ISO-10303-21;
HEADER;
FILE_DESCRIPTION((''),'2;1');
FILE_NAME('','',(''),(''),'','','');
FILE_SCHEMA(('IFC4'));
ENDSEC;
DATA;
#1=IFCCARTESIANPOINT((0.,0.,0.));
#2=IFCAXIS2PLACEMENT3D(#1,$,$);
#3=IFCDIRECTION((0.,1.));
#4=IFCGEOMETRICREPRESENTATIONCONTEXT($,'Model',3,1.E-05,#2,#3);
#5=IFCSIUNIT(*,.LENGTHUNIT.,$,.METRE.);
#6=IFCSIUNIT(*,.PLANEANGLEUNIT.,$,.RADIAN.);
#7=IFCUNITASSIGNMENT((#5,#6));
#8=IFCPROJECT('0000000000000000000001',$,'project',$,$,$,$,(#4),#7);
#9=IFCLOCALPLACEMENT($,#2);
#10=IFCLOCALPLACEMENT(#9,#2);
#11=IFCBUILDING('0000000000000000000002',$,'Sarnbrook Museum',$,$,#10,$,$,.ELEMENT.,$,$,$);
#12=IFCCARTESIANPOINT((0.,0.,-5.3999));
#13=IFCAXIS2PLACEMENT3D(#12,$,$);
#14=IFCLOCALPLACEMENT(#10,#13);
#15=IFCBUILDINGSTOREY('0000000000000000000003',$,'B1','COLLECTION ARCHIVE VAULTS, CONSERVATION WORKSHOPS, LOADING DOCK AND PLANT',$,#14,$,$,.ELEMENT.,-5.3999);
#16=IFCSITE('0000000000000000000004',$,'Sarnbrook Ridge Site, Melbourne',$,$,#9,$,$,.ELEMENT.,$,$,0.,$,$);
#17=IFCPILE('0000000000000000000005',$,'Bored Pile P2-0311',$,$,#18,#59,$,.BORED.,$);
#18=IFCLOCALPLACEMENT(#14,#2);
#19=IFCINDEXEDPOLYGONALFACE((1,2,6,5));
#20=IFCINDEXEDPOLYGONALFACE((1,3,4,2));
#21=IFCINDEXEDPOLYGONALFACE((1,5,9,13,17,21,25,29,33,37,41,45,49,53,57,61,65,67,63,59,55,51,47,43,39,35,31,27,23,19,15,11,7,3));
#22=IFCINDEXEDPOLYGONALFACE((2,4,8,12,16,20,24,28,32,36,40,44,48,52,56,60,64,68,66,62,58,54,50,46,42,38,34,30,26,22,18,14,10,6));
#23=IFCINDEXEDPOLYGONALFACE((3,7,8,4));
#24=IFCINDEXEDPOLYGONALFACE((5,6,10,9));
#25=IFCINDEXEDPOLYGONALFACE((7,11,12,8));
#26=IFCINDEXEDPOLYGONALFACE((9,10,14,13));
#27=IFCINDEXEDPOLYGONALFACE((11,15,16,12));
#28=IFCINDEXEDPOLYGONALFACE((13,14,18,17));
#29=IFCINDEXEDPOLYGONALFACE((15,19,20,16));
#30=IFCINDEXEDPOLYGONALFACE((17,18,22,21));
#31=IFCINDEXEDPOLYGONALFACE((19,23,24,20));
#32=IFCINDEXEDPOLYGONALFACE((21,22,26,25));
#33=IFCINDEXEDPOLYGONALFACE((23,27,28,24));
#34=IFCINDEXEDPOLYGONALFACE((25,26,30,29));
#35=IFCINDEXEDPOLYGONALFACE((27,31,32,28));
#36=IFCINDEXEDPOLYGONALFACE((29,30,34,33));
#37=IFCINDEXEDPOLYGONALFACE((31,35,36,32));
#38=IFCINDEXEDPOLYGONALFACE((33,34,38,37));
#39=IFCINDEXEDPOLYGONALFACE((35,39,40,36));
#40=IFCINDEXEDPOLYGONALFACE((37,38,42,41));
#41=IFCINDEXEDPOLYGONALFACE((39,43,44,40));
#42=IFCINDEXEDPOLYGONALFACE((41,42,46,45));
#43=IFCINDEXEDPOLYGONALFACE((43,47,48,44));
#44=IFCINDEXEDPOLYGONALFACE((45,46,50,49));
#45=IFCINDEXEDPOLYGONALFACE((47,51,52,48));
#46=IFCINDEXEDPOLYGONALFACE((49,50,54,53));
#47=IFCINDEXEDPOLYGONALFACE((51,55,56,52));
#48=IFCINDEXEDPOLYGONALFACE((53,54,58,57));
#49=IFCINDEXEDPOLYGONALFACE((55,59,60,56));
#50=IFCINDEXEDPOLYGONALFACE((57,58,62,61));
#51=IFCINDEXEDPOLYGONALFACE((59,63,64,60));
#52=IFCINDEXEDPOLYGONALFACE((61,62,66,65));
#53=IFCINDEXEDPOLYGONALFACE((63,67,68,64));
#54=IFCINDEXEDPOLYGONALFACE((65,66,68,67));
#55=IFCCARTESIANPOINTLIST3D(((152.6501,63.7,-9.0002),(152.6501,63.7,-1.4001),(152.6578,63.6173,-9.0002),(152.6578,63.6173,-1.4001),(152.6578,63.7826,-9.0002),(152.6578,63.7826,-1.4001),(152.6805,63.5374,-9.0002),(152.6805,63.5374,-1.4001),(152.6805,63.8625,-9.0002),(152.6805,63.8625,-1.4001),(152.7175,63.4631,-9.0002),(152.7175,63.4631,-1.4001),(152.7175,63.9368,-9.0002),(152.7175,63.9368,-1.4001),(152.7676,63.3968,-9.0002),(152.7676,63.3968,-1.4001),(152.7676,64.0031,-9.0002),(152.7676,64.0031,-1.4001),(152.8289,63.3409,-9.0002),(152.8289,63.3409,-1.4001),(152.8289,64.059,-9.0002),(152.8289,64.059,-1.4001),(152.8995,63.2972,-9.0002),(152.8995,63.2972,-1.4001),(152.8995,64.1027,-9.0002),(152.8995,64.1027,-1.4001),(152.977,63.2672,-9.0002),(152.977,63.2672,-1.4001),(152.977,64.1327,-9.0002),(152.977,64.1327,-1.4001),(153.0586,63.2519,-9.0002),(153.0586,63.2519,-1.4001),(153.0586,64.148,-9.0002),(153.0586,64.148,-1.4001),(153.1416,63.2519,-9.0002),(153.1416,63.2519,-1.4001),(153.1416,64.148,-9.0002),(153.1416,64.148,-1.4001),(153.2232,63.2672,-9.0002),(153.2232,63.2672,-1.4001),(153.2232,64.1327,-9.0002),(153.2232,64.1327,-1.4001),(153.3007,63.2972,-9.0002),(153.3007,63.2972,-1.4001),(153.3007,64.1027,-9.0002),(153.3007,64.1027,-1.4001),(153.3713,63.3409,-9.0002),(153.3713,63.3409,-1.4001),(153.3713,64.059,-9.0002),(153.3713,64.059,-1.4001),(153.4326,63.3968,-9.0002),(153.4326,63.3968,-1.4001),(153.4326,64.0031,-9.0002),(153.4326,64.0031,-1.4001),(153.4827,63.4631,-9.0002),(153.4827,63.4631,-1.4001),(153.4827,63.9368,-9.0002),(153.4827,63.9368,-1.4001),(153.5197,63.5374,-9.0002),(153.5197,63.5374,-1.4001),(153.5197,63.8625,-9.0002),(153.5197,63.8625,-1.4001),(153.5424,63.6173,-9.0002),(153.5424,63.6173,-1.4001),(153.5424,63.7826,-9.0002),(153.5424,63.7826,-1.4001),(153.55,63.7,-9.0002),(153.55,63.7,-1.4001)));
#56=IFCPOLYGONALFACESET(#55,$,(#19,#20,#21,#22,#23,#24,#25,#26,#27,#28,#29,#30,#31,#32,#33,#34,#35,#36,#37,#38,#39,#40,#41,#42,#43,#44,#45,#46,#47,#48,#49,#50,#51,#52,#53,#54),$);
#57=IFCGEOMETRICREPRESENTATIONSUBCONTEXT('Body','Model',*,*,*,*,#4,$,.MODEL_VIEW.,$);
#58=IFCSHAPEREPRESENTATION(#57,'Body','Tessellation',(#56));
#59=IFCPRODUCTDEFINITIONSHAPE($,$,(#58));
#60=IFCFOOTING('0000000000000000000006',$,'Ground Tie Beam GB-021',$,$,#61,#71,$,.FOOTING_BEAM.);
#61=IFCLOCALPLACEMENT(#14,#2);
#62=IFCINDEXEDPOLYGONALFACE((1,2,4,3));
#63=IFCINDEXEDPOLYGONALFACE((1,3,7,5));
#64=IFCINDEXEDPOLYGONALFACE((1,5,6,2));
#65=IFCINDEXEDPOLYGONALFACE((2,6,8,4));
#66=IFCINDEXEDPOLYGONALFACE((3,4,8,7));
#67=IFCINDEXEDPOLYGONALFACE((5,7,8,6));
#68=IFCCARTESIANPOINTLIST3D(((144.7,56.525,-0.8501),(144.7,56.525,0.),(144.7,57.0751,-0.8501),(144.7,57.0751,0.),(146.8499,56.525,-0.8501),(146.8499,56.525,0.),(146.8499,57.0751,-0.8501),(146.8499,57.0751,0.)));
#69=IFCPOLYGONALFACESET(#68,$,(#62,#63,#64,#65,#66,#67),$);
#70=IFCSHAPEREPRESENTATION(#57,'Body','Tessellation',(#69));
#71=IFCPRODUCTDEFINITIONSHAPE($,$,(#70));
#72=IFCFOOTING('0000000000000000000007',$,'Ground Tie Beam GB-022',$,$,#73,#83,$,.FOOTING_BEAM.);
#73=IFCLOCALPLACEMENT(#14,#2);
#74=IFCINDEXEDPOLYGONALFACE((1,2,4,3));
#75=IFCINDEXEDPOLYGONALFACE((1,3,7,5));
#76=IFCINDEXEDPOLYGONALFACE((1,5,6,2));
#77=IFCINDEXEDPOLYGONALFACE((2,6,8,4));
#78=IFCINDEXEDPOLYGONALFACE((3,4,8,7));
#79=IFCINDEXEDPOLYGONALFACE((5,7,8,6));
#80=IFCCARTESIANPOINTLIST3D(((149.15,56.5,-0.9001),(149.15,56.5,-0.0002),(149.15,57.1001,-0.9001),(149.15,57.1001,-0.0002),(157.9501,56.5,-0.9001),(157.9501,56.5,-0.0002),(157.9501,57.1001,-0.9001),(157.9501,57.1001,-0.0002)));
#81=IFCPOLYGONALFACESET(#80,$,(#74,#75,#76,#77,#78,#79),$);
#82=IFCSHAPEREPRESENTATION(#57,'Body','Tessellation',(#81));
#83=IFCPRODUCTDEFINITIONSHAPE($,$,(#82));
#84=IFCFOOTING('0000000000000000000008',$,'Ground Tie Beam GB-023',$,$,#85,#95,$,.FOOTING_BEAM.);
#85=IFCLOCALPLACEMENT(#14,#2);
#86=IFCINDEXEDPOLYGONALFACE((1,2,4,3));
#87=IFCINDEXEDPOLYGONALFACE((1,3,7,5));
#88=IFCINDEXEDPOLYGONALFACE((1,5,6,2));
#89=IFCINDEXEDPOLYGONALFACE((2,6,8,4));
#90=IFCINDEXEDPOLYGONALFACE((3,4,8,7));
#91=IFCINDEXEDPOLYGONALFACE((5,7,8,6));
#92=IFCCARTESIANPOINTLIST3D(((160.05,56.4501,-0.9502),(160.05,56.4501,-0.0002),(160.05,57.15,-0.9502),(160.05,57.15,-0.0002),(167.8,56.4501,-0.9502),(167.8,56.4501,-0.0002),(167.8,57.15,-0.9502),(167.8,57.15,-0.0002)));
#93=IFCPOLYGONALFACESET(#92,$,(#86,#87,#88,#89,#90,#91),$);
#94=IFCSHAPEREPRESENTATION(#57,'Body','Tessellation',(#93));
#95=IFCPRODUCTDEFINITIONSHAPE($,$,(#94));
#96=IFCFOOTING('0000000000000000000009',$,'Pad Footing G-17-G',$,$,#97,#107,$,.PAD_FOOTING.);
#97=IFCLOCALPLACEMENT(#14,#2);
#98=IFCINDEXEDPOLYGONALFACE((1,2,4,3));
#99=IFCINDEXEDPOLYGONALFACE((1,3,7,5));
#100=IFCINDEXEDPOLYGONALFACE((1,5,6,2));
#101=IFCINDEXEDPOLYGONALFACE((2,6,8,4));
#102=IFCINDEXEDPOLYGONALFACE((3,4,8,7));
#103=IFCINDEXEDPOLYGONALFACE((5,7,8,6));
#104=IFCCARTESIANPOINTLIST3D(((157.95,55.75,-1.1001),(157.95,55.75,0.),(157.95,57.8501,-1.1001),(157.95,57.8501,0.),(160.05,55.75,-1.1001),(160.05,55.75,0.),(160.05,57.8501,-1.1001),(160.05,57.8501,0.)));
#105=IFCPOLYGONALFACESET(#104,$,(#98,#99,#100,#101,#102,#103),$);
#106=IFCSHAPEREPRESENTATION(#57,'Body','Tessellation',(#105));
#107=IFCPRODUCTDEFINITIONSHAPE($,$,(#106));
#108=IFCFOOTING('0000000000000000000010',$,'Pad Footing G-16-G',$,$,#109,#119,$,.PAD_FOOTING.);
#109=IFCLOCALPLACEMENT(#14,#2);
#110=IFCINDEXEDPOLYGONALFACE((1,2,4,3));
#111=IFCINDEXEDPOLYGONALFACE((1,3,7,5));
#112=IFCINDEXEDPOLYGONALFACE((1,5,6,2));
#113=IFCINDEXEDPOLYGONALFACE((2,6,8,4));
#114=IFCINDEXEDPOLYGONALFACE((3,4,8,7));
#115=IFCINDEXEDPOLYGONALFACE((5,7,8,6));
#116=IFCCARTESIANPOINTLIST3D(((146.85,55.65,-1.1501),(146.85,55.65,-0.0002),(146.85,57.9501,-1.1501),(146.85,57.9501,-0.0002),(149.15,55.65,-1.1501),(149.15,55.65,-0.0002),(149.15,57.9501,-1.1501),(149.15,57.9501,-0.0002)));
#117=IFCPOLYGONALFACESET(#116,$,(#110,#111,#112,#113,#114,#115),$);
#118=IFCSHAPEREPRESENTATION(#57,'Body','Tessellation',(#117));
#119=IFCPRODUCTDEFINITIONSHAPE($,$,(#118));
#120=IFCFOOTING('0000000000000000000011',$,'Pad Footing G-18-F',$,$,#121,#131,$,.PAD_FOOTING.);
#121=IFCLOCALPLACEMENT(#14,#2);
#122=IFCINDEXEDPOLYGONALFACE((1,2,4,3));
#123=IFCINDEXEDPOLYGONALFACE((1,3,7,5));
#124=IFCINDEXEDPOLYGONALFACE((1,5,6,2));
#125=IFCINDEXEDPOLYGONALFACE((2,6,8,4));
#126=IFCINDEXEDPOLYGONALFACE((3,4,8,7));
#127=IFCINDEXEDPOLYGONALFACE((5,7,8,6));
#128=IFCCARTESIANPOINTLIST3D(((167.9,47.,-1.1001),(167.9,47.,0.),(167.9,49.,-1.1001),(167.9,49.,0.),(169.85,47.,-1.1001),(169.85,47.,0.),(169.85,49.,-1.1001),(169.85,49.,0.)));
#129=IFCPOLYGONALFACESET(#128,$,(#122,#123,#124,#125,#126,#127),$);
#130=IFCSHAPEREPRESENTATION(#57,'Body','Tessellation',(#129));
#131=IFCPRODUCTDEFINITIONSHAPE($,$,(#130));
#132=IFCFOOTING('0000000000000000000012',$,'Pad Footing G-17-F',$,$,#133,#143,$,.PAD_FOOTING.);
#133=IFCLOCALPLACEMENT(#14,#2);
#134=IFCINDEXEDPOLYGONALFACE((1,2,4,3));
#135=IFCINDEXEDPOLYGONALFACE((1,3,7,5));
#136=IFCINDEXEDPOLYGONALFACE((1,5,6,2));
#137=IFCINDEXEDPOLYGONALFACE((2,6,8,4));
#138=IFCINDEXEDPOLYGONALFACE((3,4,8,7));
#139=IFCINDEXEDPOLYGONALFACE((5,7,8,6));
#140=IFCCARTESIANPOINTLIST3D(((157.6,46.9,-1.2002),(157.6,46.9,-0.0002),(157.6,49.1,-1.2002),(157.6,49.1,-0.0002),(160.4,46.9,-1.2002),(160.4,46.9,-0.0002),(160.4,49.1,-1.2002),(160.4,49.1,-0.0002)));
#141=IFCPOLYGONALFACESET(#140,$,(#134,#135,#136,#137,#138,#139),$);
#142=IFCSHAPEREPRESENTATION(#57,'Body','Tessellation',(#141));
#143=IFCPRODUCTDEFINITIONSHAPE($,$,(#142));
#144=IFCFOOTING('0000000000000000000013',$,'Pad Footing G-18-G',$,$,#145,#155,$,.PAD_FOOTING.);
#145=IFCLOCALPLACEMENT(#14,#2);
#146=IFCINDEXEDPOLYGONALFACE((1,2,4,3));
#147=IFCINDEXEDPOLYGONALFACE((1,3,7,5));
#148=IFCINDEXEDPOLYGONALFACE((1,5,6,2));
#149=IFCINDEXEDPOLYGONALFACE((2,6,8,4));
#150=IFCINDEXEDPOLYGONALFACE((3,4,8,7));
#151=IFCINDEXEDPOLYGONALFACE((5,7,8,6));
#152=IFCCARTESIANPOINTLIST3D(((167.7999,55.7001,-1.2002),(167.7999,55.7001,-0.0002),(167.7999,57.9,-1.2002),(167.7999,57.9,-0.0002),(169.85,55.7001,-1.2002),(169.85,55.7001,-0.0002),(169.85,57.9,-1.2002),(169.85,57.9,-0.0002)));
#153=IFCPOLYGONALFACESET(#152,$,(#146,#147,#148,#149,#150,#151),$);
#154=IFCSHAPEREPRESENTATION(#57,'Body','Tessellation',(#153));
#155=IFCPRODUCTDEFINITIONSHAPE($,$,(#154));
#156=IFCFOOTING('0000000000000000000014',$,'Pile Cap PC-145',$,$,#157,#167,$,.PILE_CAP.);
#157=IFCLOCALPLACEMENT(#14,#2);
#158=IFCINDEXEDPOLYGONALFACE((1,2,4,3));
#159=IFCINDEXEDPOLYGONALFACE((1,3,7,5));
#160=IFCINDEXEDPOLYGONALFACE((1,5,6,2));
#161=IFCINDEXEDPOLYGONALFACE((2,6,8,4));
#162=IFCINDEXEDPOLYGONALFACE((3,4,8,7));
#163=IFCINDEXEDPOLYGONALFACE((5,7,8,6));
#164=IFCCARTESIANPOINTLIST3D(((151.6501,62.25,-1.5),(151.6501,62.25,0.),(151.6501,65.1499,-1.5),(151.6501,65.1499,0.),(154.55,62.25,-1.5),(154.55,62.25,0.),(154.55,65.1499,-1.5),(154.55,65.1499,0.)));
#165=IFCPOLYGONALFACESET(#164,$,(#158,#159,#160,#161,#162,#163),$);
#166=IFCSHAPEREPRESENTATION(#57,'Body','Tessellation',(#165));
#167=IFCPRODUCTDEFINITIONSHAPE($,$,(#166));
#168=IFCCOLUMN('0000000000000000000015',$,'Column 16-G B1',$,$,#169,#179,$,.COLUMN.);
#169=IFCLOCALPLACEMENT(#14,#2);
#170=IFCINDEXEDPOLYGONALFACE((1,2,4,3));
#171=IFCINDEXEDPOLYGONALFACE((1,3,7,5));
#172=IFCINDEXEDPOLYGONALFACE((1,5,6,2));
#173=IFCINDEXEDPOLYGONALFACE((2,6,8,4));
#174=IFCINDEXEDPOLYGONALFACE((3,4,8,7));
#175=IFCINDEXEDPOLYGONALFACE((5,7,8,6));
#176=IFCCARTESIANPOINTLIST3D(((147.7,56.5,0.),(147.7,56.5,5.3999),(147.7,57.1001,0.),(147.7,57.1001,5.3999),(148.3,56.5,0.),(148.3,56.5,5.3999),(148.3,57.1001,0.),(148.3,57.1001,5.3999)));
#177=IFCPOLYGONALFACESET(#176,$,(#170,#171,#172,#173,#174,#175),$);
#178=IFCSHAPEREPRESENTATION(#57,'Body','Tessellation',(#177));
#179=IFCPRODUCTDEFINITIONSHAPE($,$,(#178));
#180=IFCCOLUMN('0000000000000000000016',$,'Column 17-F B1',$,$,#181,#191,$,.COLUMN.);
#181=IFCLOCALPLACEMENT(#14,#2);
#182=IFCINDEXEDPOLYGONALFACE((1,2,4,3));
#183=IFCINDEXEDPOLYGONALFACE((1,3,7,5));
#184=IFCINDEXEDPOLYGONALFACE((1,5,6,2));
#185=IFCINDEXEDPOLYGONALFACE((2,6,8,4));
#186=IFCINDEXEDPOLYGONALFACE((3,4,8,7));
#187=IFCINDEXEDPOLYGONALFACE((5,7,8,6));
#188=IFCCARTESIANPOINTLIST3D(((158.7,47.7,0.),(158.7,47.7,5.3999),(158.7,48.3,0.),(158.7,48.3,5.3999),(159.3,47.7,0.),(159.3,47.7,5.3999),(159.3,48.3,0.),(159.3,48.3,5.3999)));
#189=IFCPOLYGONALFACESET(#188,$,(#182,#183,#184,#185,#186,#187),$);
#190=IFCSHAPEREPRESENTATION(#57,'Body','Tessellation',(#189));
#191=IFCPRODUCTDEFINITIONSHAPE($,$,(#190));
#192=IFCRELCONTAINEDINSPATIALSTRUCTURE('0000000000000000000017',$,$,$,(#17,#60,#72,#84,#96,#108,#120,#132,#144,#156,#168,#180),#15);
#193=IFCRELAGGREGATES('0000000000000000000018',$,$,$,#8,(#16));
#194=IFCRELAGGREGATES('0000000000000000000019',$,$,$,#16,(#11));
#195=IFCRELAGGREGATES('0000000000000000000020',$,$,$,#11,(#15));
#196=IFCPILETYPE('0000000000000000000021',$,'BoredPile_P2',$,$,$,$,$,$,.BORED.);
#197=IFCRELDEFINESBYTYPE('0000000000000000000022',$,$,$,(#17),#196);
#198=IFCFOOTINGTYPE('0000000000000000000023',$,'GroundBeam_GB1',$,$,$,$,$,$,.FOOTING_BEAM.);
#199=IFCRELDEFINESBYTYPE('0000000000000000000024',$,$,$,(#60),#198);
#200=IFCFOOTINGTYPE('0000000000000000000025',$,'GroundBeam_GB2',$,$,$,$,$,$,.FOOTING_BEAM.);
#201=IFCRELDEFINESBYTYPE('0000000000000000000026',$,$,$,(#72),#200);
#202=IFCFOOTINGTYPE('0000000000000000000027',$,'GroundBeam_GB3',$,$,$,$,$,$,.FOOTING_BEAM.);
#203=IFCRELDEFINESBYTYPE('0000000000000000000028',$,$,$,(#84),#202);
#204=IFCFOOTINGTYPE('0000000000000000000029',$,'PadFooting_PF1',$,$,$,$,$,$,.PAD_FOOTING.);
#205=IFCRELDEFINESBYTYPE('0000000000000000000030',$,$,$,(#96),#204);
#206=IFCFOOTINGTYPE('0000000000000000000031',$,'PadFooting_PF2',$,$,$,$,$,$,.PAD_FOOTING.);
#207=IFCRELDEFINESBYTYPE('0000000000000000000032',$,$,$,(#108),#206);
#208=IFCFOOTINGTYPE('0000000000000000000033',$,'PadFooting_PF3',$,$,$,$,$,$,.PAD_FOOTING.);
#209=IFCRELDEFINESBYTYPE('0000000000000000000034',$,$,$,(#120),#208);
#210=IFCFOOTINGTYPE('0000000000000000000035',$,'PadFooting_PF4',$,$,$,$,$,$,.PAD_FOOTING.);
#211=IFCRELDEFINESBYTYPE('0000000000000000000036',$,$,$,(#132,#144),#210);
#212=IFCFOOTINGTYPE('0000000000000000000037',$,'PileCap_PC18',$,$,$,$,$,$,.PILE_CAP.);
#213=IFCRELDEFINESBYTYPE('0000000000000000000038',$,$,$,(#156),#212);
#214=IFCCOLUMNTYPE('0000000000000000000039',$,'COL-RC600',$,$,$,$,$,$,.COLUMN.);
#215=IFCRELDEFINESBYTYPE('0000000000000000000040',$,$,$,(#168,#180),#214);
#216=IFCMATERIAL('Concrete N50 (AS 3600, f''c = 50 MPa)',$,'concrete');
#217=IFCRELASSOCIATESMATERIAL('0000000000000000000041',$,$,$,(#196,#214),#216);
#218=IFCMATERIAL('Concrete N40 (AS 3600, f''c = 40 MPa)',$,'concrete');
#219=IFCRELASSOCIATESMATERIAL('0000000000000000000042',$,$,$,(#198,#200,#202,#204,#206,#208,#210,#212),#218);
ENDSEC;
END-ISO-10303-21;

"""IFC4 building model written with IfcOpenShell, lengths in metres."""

from ifc_helpers import new_model, si_unit, direction, frame, origin, origin_2d, place, context, subcontext, project, spatial, rectangle, circle, extrude, material, material_profile, profile_set, type_object, element, save


model = new_model("IFC4")

# Units and contexts
model_context = context("Model", 3, precision=1e-05, world=origin(), true_north=direction((0.0, 1.0)))
body_context = subcontext(model_context, "Body", "Model", "MODEL_VIEW")
ifc_project = project(units=[si_unit("LENGTHUNIT", "METRE"), si_unit("PLANEANGLEUNIT", "RADIAN")], contexts=[model_context])

# Site, building, storey
site_placement = place(None, origin())
site = spatial("IfcSite", under=ifc_project, at=site_placement, Name="Sarnbrook Ridge Site, Melbourne", CompositionType="ELEMENT", RefElevation=0.0)
building_placement = place(site_placement, origin())
building = spatial("IfcBuilding", under=site, at=building_placement, Name="Sarnbrook Museum", CompositionType="ELEMENT")
storey_placement = place(building_placement, frame((0.0, 0.0, -5.3999)))
storey = spatial("IfcBuildingStorey", under=building, at=storey_placement, Name="B1", Description="COLLECTION ARCHIVE VAULTS, CONSERVATION WORKSHOPS, LOADING DOCK AND PLANT", CompositionType="ELEMENT", Elevation=-5.3999)

# Pile
ifc_material_1 = material(Name="Concrete N50 (AS 3600, f'c = 50 MPa)", Category="concrete")
ifc_material_profile_1 = material_profile(ifc_material_1, circle(Radius=0.45, at=origin_2d()), Name="BORED PILE D900")
ifc_profile_set_1 = profile_set([ifc_material_profile_1], Name="Concrete N50 (AS 3600, f'c = 50 MPa)")
pile_type = type_object("IfcPileType", Name="BoredPile_P2", PredefinedType="BORED", material=ifc_profile_set_1)
pile_placement = place(storey_placement, frame((153.1001, 63.7, -1.4001), z_axis=(0.0, 0.0, -1.0), x_axis=(1.0, 0.0, 0.0)))
element("IfcPile", 1, at=pile_placement, inside=storey, type_object=pile_type, Name="Bored Pile P2-0311", PredefinedType="BORED", context=body_context, shape_type="SweptSolid", body=[
    extrude(circle(Radius=0.45, at=origin_2d()), origin(), (0.0, 0.0, 1.0), 7.6001),
])

# Footings
ifc_material_2 = material(Name="Concrete N40 (AS 3600, f'c = 40 MPa)", Category="concrete")
footing_type_1 = type_object("IfcFootingType", Name="GroundBeam_GB1", PredefinedType="FOOTING_BEAM", material=ifc_material_2)
footing_1_placement = place(storey_placement, frame((145.7749, 56.8, -0.8501), z_axis=(0.0, 0.0, 1.0), x_axis=(1.0, 0.0, 0.0)))
element("IfcFooting", 2, at=footing_1_placement, inside=storey, type_object=footing_type_1, Name="Ground Tie Beam GB-021", PredefinedType="FOOTING_BEAM", context=body_context, shape_type="SweptSolid", body=[
    extrude(rectangle(XDim=2.1499, YDim=0.55, at=origin_2d()), origin(), (0.0, 0.0, 1.0), 0.8501),
])
footing_type_2 = type_object("IfcFootingType", Name="GroundBeam_GB2", PredefinedType="FOOTING_BEAM", material=ifc_material_2)
footing_2_placement = place(storey_placement, frame((153.55, 56.8, -0.9001), z_axis=(0.0, 0.0, 1.0), x_axis=(1.0, 0.0, 0.0)))
element("IfcFooting", 3, at=footing_2_placement, inside=storey, type_object=footing_type_2, Name="Ground Tie Beam GB-022", PredefinedType="FOOTING_BEAM", context=body_context, shape_type="SweptSolid", body=[
    extrude(rectangle(XDim=8.8, YDim=0.6001, at=origin_2d()), origin(), (0.0, 0.0, 1.0), 0.8999),
])
footing_type_3 = type_object("IfcFootingType", Name="GroundBeam_GB3", PredefinedType="FOOTING_BEAM", material=ifc_material_2)
footing_3_placement = place(storey_placement, frame((163.925, 56.8, -0.9502), z_axis=(0.0, 0.0, 1.0), x_axis=(1.0, 0.0, 0.0)))
element("IfcFooting", 4, at=footing_3_placement, inside=storey, type_object=footing_type_3, Name="Ground Tie Beam GB-023", PredefinedType="FOOTING_BEAM", context=body_context, shape_type="SweptSolid", body=[
    extrude(rectangle(XDim=7.75, YDim=0.7, at=origin_2d()), origin(), (0.0, 0.0, 1.0), 0.95),
])
footing_type_4 = type_object("IfcFootingType", Name="PadFooting_PF1", PredefinedType="PAD_FOOTING", material=ifc_material_2)
footing_4_placement = place(storey_placement, frame((159.0, 56.8, -1.1001), z_axis=(0.0, 0.0, 1.0), x_axis=(1.0, 0.0, 0.0)))
element("IfcFooting", 5, at=footing_4_placement, inside=storey, type_object=footing_type_4, Name="Pad Footing G-17-G", PredefinedType="PAD_FOOTING", context=body_context, shape_type="SweptSolid", body=[
    extrude(rectangle(XDim=2.1001, YDim=2.1001, at=origin_2d()), origin(), (0.0, 0.0, 1.0), 1.1001),
])
footing_type_5 = type_object("IfcFootingType", Name="PadFooting_PF2", PredefinedType="PAD_FOOTING", material=ifc_material_2)
footing_5_placement = place(storey_placement, frame((148.0, 56.8, -1.1501), z_axis=(0.0, 0.0, 1.0), x_axis=(1.0, 0.0, 0.0)))
element("IfcFooting", 6, at=footing_5_placement, inside=storey, type_object=footing_type_5, Name="Pad Footing G-16-G", PredefinedType="PAD_FOOTING", context=body_context, shape_type="SweptSolid", body=[
    extrude(rectangle(XDim=2.3, YDim=2.3, at=origin_2d()), origin(), (0.0, 0.0, 1.0), 1.1499),
])
footing_type_6 = type_object("IfcFootingType", Name="PadFooting_PF3", PredefinedType="PAD_FOOTING", material=ifc_material_2)
footing_6_placement = place(storey_placement, frame((168.875, 48.0, -1.1001), z_axis=(0.0, 0.0, 1.0), x_axis=(1.0, 0.0, 0.0)))
element("IfcFooting", 7, at=footing_6_placement, inside=storey, type_object=footing_type_6, Name="Pad Footing G-18-F", PredefinedType="PAD_FOOTING", context=body_context, shape_type="SweptSolid", body=[
    extrude(rectangle(XDim=1.95, YDim=2.0, at=origin_2d()), origin(), (0.0, 0.0, 1.0), 1.1001),
])
footing_type_7 = type_object("IfcFootingType", Name="PadFooting_PF4", PredefinedType="PAD_FOOTING", material=ifc_material_2)
footing_7_placement = place(storey_placement, frame((159.0, 48.0, -1.2002), z_axis=(0.0, 0.0, 1.0), x_axis=(1.0, 0.0, 0.0)))
element("IfcFooting", 8, at=footing_7_placement, inside=storey, type_object=footing_type_7, Name="Pad Footing G-17-F", PredefinedType="PAD_FOOTING", context=body_context, shape_type="SweptSolid", body=[
    extrude(rectangle(XDim=2.8, YDim=2.2, at=origin_2d()), origin(), (0.0, 0.0, 1.0), 1.2),
])
footing_8_placement = place(storey_placement, frame((168.825, 56.8, -1.2002), z_axis=(0.0, 0.0, 1.0), x_axis=(1.0, 0.0, 0.0)))
element("IfcFooting", 9, at=footing_8_placement, inside=storey, type_object=footing_type_7, Name="Pad Footing G-18-G", PredefinedType="PAD_FOOTING", context=body_context, shape_type="SweptSolid", body=[
    extrude(rectangle(XDim=2.05, YDim=2.2, at=origin_2d()), origin(), (0.0, 0.0, 1.0), 1.2),
])
footing_type_8 = type_object("IfcFootingType", Name="PileCap_PC18", PredefinedType="PILE_CAP", material=ifc_material_2)
footing_9_placement = place(storey_placement, frame((153.1001, 63.7, -1.5), z_axis=(0.0, 0.0, 1.0), x_axis=(1.0, 0.0, 0.0)))
element("IfcFooting", 10, at=footing_9_placement, inside=storey, type_object=footing_type_8, Name="Pile Cap PC-145", PredefinedType="PILE_CAP", context=body_context, shape_type="SweptSolid", body=[
    extrude(rectangle(XDim=2.8999, YDim=2.8999, at=origin_2d()), origin(), (0.0, 0.0, 1.0), 1.5),
])

# Columns
ifc_material_profile_2 = material_profile(ifc_material_1, rectangle(XDim=0.6001, YDim=0.6001, at=origin_2d()), Name="RC 600x600")
ifc_profile_set_2 = profile_set([ifc_material_profile_2], Name="Concrete N50 (AS 3600, f'c = 50 MPa)")
column_type_1 = type_object("IfcColumnType", Name="COL-RC600", PredefinedType="COLUMN", material=ifc_profile_set_2)
for number, where, z_axis, x_axis, name in (
    (11, (148.0, 56.8, 0.0), (0.0, 0.0, 1.0), (1.0, 0.0, 0.0), "Column 16-G B1"),
    (12, (159.0, 48.0, 0.0), (0.0, 0.0, 1.0), (1.0, 0.0, 0.0), "Column 17-F B1"),
):
    element("IfcColumn", number, at=place(storey_placement, frame(where, z_axis=z_axis, x_axis=x_axis)), inside=storey, type_object=column_type_1, Name=name, PredefinedType="COLUMN", context=body_context, shape_type="SweptSolid", body=[
        extrude(rectangle(XDim=0.6001, YDim=0.6001, at=origin_2d()), origin(), (0.0, 0.0, 1.0), 5.3999),
    ])

save(model, "model.ifc")
